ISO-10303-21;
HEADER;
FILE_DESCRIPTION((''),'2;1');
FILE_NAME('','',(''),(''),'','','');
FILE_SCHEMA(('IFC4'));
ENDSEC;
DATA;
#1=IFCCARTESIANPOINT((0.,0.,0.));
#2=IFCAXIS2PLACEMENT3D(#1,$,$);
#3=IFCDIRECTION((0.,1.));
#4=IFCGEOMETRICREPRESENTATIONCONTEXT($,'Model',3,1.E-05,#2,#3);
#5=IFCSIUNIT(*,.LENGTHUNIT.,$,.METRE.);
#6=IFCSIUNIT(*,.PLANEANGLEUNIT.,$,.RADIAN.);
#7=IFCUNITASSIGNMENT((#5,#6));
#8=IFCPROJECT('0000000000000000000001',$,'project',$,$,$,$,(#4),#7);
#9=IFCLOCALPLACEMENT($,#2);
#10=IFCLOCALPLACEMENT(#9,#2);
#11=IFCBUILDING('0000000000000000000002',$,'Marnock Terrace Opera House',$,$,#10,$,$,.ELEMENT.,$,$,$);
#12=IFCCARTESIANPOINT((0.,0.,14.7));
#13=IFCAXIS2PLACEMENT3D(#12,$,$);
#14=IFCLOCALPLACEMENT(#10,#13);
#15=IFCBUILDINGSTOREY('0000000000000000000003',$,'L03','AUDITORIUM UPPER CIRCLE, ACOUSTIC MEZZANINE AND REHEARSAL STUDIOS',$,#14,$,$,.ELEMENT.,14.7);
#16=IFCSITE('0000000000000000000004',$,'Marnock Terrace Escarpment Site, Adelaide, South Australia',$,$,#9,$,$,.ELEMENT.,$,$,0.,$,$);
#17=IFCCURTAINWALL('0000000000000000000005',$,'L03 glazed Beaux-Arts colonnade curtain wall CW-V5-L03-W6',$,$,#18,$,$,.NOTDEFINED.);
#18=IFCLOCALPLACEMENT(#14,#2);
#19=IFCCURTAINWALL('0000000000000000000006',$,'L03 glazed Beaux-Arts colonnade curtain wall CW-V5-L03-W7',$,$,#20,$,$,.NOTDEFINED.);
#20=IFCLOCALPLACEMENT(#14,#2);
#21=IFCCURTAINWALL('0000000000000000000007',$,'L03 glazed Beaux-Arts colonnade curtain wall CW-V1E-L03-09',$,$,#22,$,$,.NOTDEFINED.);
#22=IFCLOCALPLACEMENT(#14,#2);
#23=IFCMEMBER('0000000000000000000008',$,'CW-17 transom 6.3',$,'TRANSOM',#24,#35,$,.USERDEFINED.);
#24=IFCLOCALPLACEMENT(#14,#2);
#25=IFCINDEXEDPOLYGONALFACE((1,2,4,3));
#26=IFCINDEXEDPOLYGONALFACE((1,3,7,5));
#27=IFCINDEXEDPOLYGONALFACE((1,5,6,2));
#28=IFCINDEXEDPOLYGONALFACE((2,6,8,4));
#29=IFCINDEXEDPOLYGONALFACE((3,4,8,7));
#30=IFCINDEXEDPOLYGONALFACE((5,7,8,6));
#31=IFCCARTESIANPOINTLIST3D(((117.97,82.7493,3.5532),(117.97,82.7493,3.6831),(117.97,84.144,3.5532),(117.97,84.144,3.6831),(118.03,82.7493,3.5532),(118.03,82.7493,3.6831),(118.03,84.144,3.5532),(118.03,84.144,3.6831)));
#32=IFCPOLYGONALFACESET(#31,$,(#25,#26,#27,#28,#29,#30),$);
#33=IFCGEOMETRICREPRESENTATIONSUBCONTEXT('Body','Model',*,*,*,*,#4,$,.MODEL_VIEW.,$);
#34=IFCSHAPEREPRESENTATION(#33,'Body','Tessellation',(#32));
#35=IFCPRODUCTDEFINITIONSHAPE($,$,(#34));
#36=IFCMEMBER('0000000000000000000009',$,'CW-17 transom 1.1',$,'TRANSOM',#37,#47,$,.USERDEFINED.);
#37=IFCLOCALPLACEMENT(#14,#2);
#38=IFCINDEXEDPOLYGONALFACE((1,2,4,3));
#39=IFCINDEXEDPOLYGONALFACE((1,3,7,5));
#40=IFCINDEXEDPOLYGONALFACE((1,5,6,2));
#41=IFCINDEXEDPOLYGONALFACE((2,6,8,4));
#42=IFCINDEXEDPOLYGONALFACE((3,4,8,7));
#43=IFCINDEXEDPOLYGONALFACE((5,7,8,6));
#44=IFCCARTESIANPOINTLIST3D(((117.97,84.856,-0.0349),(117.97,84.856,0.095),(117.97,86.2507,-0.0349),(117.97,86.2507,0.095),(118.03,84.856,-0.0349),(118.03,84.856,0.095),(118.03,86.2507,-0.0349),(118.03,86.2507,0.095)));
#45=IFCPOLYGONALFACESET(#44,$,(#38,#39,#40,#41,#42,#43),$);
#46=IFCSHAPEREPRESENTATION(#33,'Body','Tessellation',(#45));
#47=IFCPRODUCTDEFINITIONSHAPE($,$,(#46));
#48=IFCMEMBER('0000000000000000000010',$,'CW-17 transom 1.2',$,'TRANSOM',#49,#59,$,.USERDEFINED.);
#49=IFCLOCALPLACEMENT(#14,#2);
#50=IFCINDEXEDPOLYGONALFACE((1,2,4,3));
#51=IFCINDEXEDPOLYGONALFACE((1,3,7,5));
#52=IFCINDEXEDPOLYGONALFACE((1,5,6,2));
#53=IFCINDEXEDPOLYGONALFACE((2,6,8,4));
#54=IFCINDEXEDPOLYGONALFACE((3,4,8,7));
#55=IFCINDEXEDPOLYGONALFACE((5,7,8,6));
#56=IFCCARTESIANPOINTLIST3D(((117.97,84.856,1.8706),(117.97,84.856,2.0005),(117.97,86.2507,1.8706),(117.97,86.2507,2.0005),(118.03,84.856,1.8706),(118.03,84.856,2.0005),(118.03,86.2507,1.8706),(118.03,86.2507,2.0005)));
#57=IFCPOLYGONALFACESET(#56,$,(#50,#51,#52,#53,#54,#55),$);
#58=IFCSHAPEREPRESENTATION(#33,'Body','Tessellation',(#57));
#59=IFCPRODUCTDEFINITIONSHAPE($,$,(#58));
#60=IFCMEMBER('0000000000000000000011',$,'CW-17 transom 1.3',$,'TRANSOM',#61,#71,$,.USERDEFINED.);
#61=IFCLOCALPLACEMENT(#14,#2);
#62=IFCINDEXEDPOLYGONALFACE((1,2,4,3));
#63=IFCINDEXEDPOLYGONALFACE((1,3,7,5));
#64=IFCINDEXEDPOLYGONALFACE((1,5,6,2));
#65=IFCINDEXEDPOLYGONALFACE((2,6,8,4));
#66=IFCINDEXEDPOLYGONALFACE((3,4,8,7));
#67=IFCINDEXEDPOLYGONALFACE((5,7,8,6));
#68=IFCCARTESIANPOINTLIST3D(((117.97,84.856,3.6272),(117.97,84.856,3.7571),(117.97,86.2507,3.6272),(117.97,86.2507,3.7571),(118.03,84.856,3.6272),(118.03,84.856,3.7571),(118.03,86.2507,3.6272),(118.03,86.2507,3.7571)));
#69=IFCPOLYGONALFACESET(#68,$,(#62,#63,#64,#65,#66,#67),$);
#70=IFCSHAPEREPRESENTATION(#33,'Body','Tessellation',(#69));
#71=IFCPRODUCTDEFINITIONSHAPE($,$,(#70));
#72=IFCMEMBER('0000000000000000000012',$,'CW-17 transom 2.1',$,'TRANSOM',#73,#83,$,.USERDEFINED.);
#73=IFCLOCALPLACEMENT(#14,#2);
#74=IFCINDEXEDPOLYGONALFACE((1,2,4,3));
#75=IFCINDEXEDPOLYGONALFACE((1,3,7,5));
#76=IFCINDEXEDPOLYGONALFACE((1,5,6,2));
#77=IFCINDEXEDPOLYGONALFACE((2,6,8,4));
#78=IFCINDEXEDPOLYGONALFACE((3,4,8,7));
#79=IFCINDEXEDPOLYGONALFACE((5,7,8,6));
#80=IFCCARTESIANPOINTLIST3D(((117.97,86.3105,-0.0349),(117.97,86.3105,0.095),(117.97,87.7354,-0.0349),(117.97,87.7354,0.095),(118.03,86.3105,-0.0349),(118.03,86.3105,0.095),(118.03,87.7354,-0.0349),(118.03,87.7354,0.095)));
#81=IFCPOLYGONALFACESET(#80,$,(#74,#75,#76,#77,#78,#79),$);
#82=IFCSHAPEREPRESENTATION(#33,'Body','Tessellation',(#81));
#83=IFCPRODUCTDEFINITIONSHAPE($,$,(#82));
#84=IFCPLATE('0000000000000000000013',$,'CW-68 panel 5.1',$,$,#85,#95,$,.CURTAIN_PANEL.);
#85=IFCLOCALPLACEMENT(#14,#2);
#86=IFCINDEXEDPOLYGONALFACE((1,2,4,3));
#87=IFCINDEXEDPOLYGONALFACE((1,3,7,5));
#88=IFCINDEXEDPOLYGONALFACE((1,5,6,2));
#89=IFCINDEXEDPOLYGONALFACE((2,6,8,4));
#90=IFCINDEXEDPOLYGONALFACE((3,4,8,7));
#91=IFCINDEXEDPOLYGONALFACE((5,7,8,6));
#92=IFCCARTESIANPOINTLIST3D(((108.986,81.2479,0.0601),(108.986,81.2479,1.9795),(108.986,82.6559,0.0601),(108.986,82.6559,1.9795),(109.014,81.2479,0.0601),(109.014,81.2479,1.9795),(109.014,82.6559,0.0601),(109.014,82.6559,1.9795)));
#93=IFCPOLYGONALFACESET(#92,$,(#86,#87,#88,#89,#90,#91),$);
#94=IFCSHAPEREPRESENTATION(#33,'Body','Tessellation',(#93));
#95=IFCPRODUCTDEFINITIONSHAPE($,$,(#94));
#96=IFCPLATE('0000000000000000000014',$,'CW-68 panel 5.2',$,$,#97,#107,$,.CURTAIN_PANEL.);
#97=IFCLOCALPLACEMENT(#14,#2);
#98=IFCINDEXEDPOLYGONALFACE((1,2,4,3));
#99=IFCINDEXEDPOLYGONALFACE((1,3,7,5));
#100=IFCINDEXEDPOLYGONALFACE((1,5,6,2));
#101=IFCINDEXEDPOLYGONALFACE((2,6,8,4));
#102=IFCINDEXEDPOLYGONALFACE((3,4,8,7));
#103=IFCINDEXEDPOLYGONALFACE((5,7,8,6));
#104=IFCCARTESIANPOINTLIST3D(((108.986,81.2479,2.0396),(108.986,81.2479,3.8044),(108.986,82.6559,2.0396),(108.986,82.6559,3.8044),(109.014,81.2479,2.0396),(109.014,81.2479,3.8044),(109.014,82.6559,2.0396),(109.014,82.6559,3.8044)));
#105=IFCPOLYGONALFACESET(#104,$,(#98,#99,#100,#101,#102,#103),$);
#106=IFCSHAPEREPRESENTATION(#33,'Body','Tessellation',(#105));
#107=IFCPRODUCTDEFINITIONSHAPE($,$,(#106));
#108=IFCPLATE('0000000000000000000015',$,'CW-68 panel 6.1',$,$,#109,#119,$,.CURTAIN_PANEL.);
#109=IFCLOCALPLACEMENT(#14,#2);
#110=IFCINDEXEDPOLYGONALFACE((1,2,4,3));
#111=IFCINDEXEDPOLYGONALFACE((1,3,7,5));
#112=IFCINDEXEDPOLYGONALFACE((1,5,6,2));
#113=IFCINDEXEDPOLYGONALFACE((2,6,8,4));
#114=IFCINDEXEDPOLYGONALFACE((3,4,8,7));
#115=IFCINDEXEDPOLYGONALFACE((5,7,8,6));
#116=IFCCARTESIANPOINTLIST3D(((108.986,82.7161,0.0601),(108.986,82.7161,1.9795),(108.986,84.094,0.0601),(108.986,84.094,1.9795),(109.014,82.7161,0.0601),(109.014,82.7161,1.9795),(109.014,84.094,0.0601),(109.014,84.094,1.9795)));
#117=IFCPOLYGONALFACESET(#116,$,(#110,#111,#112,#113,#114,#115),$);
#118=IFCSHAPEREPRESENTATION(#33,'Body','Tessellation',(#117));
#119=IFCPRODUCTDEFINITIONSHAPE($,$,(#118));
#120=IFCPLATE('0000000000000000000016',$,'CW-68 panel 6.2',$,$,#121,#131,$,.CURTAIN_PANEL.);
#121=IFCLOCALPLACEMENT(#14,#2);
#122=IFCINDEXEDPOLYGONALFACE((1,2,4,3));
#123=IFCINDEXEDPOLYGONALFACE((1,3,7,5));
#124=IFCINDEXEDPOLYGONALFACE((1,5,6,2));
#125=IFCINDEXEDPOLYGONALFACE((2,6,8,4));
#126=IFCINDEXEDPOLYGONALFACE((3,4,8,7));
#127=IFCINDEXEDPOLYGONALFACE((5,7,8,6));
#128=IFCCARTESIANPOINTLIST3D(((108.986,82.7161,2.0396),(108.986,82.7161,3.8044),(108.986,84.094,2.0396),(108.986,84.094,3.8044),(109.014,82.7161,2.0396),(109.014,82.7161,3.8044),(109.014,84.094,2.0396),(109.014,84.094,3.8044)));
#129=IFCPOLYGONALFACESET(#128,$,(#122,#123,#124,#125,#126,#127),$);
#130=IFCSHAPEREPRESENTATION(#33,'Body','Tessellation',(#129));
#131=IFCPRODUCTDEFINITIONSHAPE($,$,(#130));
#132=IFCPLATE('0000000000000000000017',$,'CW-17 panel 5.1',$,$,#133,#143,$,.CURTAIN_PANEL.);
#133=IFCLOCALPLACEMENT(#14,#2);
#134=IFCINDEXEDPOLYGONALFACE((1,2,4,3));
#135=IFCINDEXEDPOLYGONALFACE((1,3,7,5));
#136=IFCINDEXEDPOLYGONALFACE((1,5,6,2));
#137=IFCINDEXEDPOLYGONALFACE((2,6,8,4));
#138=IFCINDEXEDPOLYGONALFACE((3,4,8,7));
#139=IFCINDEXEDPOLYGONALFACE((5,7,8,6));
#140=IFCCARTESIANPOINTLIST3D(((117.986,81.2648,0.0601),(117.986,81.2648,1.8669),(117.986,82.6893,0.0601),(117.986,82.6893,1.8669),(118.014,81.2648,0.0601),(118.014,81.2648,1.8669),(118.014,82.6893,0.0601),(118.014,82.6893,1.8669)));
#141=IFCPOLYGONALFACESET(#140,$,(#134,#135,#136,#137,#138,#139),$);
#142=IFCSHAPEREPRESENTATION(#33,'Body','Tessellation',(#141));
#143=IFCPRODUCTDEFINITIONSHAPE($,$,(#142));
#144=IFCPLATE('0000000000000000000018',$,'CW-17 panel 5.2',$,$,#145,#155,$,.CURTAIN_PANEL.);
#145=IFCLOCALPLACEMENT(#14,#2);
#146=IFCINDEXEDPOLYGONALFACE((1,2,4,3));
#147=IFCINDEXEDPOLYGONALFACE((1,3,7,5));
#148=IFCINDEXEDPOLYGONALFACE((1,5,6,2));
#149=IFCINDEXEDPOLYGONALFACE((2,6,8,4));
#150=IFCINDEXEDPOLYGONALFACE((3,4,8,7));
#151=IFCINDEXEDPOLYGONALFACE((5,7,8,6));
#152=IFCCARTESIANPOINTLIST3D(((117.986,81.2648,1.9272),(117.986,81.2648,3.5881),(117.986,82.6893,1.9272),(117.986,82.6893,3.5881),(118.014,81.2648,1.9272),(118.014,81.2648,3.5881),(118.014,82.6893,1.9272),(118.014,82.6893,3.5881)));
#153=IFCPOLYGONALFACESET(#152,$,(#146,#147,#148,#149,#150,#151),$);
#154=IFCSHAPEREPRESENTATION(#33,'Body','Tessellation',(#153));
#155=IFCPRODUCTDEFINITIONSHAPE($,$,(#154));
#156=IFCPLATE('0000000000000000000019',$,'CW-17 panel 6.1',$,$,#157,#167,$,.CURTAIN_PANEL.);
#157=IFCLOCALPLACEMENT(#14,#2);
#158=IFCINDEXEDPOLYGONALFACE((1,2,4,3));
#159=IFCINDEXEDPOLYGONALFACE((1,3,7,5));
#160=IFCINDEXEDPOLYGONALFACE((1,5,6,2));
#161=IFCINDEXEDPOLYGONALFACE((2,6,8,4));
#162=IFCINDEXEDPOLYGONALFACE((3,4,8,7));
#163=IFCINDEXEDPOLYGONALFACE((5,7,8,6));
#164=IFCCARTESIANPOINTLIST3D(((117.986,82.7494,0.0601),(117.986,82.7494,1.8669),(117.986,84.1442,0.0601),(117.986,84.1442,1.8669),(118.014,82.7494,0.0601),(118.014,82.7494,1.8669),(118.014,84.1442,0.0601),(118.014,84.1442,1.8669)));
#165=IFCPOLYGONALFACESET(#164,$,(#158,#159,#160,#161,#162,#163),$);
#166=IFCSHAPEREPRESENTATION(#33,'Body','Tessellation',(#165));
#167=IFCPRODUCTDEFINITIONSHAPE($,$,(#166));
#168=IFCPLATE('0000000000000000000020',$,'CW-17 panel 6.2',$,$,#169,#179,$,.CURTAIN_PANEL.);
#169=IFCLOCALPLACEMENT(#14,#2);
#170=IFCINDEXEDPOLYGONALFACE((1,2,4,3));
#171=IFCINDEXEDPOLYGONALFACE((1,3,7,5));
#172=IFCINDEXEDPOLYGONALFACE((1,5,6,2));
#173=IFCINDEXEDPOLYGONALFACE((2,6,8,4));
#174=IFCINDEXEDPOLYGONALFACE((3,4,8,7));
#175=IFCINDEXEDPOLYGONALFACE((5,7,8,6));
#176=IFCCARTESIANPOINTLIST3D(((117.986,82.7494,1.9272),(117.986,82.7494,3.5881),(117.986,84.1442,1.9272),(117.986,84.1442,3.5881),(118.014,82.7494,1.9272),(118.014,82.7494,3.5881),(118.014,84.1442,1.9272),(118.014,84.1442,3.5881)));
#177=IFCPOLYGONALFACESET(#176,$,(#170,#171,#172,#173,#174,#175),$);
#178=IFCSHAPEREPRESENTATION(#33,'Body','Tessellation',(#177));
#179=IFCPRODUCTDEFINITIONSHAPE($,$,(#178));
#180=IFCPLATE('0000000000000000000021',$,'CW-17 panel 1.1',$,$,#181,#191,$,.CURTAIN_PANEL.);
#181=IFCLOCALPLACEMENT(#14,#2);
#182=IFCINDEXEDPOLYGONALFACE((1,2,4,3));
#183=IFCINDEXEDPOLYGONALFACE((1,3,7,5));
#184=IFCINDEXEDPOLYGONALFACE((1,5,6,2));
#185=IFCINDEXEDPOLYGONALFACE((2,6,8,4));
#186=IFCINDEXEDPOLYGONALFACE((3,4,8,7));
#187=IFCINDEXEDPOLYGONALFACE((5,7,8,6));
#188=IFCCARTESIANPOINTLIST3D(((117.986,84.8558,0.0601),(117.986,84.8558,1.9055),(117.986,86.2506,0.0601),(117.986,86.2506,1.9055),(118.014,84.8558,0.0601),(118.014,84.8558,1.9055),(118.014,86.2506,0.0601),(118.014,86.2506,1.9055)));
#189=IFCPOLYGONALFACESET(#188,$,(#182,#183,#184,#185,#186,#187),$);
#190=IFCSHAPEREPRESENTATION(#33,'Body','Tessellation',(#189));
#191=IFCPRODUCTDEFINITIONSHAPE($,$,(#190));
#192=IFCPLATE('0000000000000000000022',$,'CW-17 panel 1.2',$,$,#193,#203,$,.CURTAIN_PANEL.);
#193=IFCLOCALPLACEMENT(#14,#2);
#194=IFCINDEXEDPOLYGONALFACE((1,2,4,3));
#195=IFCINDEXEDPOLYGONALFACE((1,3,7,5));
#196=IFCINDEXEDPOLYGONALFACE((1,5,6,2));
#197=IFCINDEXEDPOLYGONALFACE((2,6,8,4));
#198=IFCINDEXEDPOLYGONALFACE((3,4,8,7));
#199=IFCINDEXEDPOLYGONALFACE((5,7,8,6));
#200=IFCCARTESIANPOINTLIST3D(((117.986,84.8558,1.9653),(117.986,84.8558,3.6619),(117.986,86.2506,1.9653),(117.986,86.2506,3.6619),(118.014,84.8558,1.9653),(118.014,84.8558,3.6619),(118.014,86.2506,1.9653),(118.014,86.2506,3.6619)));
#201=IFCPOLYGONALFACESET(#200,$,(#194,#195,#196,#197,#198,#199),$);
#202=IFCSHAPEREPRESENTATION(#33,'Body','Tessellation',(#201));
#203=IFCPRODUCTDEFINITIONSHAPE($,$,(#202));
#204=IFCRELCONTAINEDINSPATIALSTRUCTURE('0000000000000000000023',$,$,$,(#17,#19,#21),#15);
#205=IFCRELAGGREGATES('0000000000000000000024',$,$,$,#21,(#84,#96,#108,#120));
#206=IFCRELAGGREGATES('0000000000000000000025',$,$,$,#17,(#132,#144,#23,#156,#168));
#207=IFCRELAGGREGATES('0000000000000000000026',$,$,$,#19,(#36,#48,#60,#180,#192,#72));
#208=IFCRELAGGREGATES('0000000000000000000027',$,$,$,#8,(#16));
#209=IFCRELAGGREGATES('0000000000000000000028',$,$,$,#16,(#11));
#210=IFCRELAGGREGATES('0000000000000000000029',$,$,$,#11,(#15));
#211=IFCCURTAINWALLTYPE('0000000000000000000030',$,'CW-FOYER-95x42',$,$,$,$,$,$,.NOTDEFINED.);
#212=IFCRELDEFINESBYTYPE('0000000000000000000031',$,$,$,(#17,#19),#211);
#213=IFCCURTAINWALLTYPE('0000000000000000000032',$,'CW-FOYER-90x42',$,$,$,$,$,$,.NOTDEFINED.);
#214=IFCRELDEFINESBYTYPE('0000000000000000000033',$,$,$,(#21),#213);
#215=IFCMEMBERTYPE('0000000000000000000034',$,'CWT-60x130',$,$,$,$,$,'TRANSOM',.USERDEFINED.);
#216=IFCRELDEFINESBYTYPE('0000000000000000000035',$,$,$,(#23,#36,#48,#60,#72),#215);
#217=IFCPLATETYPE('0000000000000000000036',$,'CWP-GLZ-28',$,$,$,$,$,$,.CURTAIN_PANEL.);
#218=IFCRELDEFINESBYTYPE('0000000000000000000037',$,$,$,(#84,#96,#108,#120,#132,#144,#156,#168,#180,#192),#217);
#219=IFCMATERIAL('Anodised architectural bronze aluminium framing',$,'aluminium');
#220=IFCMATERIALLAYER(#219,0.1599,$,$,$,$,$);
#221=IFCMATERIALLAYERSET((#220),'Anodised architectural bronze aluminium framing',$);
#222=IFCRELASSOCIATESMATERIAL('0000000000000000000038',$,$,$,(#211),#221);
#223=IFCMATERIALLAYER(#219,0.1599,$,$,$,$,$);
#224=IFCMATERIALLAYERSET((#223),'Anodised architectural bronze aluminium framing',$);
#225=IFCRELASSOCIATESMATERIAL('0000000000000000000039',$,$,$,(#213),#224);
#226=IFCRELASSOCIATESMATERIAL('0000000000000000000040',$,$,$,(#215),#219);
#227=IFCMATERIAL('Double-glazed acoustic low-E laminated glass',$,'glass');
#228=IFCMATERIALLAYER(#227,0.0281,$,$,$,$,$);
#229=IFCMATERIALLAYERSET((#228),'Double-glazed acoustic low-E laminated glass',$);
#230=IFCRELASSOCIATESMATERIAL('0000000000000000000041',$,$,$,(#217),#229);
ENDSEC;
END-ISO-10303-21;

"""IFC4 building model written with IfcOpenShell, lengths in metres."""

from ifc_helpers import new_model, si_unit, direction, frame, origin, origin_2d, place, context, subcontext, project, spatial, rectangle, extrude, material, layer, layer_set, material_profile, profile_set, type_object, element, aggregate, save


model = new_model("IFC4")

# Units and contexts
model_context = context("Model", 3, precision=1e-05, world=origin(), true_north=direction((0.0, 1.0)))
body_context = subcontext(model_context, "Body", "Model", "MODEL_VIEW")
ifc_project = project(units=[si_unit("LENGTHUNIT", "METRE"), si_unit("PLANEANGLEUNIT", "RADIAN")], contexts=[model_context])

# Site, building, storey
site_placement = place(None, origin())
site = spatial("IfcSite", under=ifc_project, at=site_placement, Name="Marnock Terrace Escarpment Site, Adelaide, South Australia", CompositionType="ELEMENT", RefElevation=0.0)
building_placement = place(site_placement, origin())
building = spatial("IfcBuilding", under=site, at=building_placement, Name="Marnock Terrace Opera House", CompositionType="ELEMENT")
storey_placement = place(building_placement, frame((0.0, 0.0, 14.7)))
storey = spatial("IfcBuildingStorey", under=building, at=storey_placement, Name="L03", Description="AUDITORIUM UPPER CIRCLE, ACOUSTIC MEZZANINE AND REHEARSAL STUDIOS", CompositionType="ELEMENT", Elevation=14.7)

# Curtain walls
ifc_material_1 = material(Name="Anodised architectural bronze aluminium framing", Category="aluminium")
ifc_layer_1 = layer(ifc_material_1, 0.1599)
ifc_layer_set_1 = layer_set([ifc_layer_1], Name="Anodised architectural bronze aluminium framing")
curtain_wall_type_1 = type_object("IfcCurtainWallType", Name="CW-FOYER-95x42", PredefinedType="NOTDEFINED", material=ifc_layer_set_1)
curtain_wall_1_placement = place(storey_placement, origin())
curtain_wall_1 = element("IfcCurtainWall", 1, at=curtain_wall_1_placement, inside=storey, type_object=curtain_wall_type_1, Name="L03 glazed Beaux-Arts colonnade curtain wall CW-V5-L03-W6", PredefinedType="NOTDEFINED")
curtain_wall_2_placement = place(storey_placement, origin())
curtain_wall_2 = element("IfcCurtainWall", 2, at=curtain_wall_2_placement, inside=storey, type_object=curtain_wall_type_1, Name="L03 glazed Beaux-Arts colonnade curtain wall CW-V5-L03-W7", PredefinedType="NOTDEFINED")
ifc_layer_2 = layer(ifc_material_1, 0.1599)
ifc_layer_set_2 = layer_set([ifc_layer_2], Name="Anodised architectural bronze aluminium framing")
curtain_wall_type_2 = type_object("IfcCurtainWallType", Name="CW-FOYER-90x42", PredefinedType="NOTDEFINED", material=ifc_layer_set_2)
curtain_wall_3_placement = place(storey_placement, origin())
curtain_wall_3 = element("IfcCurtainWall", 3, at=curtain_wall_3_placement, inside=storey, type_object=curtain_wall_type_2, Name="L03 glazed Beaux-Arts colonnade curtain wall CW-V1E-L03-09", PredefinedType="NOTDEFINED")
ifc_material_profile_1 = material_profile(ifc_material_1, rectangle(XDim=0.0601, YDim=0.1299, at=origin_2d()))
ifc_profile_set_1 = profile_set([ifc_material_profile_1], Name="Anodised architectural bronze aluminium framing")
member_type_1 = type_object("IfcMemberType", Name="CWT-60x130", ElementType="TRANSOM", PredefinedType="USERDEFINED", material=ifc_profile_set_1)

# Members
member_1_placement = place(storey_placement, frame((118.0, 82.7493, 3.6182), z_axis=(0.0, 1.0, 0.0), x_axis=(-1.0, 0.0, 0.0)))
member_1 = element("IfcMember", 4, at=member_1_placement, type_object=member_type_1, Name="CW-17 transom 6.3", ObjectType="TRANSOM", PredefinedType="USERDEFINED", context=body_context, shape_type="SweptSolid", body=[
    extrude(rectangle(XDim=0.0601, YDim=0.1299, at=origin_2d()), origin(), (0.0, 0.0, 1.0), 1.3948),
])
member_2_placement = place(storey_placement, frame((118.0, 84.856, 0.03), z_axis=(0.0, 1.0, 0.0), x_axis=(-1.0, 0.0, 0.0)))
member_2 = element("IfcMember", 5, at=member_2_placement, type_object=member_type_1, Name="CW-17 transom 1.1", ObjectType="TRANSOM", PredefinedType="USERDEFINED", context=body_context, shape_type="SweptSolid", body=[
    extrude(rectangle(XDim=0.0601, YDim=0.1299, at=origin_2d()), origin(), (0.0, 0.0, 1.0), 1.3948),
])
member_3_placement = place(storey_placement, frame((118.0, 84.856, 1.9355), z_axis=(0.0, 1.0, 0.0), x_axis=(-1.0, 0.0, 0.0)))
member_3 = element("IfcMember", 6, at=member_3_placement, type_object=member_type_1, Name="CW-17 transom 1.2", ObjectType="TRANSOM", PredefinedType="USERDEFINED", context=body_context, shape_type="SweptSolid", body=[
    extrude(rectangle(XDim=0.0601, YDim=0.1299, at=origin_2d()), origin(), (0.0, 0.0, 1.0), 1.3948),
])
member_4_placement = place(storey_placement, frame((118.0, 84.856, 3.6921), z_axis=(0.0, 1.0, 0.0), x_axis=(-1.0, 0.0, 0.0)))
member_4 = element("IfcMember", 7, at=member_4_placement, type_object=member_type_1, Name="CW-17 transom 1.3", ObjectType="TRANSOM", PredefinedType="USERDEFINED", context=body_context, shape_type="SweptSolid", body=[
    extrude(rectangle(XDim=0.0601, YDim=0.1299, at=origin_2d()), origin(), (0.0, 0.0, 1.0), 1.3948),
])
member_5_placement = place(storey_placement, frame((118.0, 86.3105, 0.03), z_axis=(0.0, 1.0, 0.0), x_axis=(-1.0, 0.0, 0.0)))
member_5 = element("IfcMember", 8, at=member_5_placement, type_object=member_type_1, Name="CW-17 transom 2.1", ObjectType="TRANSOM", PredefinedType="USERDEFINED", context=body_context, shape_type="SweptSolid", body=[
    extrude(rectangle(XDim=0.0601, YDim=0.1299, at=origin_2d()), origin(), (0.0, 0.0, 1.0), 1.4248),
])

# Plates
ifc_material_2 = material(Name="Double-glazed acoustic low-E laminated glass", Category="glass")
ifc_layer_3 = layer(ifc_material_2, 0.0281)
ifc_layer_set_3 = layer_set([ifc_layer_3], Name="Double-glazed acoustic low-E laminated glass")
plate_type = type_object("IfcPlateType", Name="CWP-GLZ-28", PredefinedType="CURTAIN_PANEL", material=ifc_layer_set_3)
plate_1_placement = place(storey_placement, frame((109.0, 81.9519, 0.0601), z_axis=(0.0, 0.0, 1.0), x_axis=(0.0, 1.0, 0.0)))
plate_1 = element("IfcPlate", 9, at=plate_1_placement, type_object=plate_type, Name="CW-68 panel 5.1", PredefinedType="CURTAIN_PANEL", context=body_context, shape_type="SweptSolid", body=[
    extrude(rectangle(XDim=1.408, YDim=0.0281, at=origin_2d()), origin(), (0.0, 0.0, 1.0), 1.9194),
])
plate_2_placement = place(storey_placement, frame((109.0, 81.9519, 2.0396), z_axis=(0.0, 0.0, 1.0), x_axis=(0.0, 1.0, 0.0)))
plate_2 = element("IfcPlate", 10, at=plate_2_placement, type_object=plate_type, Name="CW-68 panel 5.2", PredefinedType="CURTAIN_PANEL", context=body_context, shape_type="SweptSolid", body=[
    extrude(rectangle(XDim=1.408, YDim=0.0281, at=origin_2d()), origin(), (0.0, 0.0, 1.0), 1.7649),
])
plate_3_placement = place(storey_placement, frame((109.0, 83.405, 0.0601), z_axis=(0.0, 0.0, 1.0), x_axis=(0.0, 1.0, 0.0)))
plate_3 = element("IfcPlate", 11, at=plate_3_placement, type_object=plate_type, Name="CW-68 panel 6.1", PredefinedType="CURTAIN_PANEL", context=body_context, shape_type="SweptSolid", body=[
    extrude(rectangle(XDim=1.3779, YDim=0.0281, at=origin_2d()), origin(), (0.0, 0.0, 1.0), 1.9194),
])
plate_4_placement = place(storey_placement, frame((109.0, 83.405, 2.0396), z_axis=(0.0, 0.0, 1.0), x_axis=(0.0, 1.0, 0.0)))
plate_4 = element("IfcPlate", 12, at=plate_4_placement, type_object=plate_type, Name="CW-68 panel 6.2", PredefinedType="CURTAIN_PANEL", context=body_context, shape_type="SweptSolid", body=[
    extrude(rectangle(XDim=1.3779, YDim=0.0281, at=origin_2d()), origin(), (0.0, 0.0, 1.0), 1.7649),
])
aggregate(curtain_wall_3, [plate_1, plate_2, plate_3, plate_4])
plate_5_placement = place(storey_placement, frame((118.0, 81.9771, 0.0601), z_axis=(0.0, 0.0, 1.0), x_axis=(0.0, 1.0, 0.0)))
plate_5 = element("IfcPlate", 13, at=plate_5_placement, type_object=plate_type, Name="CW-17 panel 5.1", PredefinedType="CURTAIN_PANEL", context=body_context, shape_type="SweptSolid", body=[
    extrude(rectangle(XDim=1.4246, YDim=0.0281, at=origin_2d()), origin(), (0.0, 0.0, 1.0), 1.8069),
])
plate_6_placement = place(storey_placement, frame((118.0, 81.9771, 1.9272), z_axis=(0.0, 0.0, 1.0), x_axis=(0.0, 1.0, 0.0)))
plate_6 = element("IfcPlate", 14, at=plate_6_placement, type_object=plate_type, Name="CW-17 panel 5.2", PredefinedType="CURTAIN_PANEL", context=body_context, shape_type="SweptSolid", body=[
    extrude(rectangle(XDim=1.4246, YDim=0.0281, at=origin_2d()), origin(), (0.0, 0.0, 1.0), 1.6609),
])
plate_7_placement = place(storey_placement, frame((118.0, 83.4468, 0.0601), z_axis=(0.0, 0.0, 1.0), x_axis=(0.0, 1.0, 0.0)))
plate_7 = element("IfcPlate", 15, at=plate_7_placement, type_object=plate_type, Name="CW-17 panel 6.1", PredefinedType="CURTAIN_PANEL", context=body_context, shape_type="SweptSolid", body=[
    extrude(rectangle(XDim=1.3948, YDim=0.0281, at=origin_2d()), origin(), (0.0, 0.0, 1.0), 1.8069),
])
plate_8_placement = place(storey_placement, frame((118.0, 83.4468, 1.9272), z_axis=(0.0, 0.0, 1.0), x_axis=(0.0, 1.0, 0.0)))
plate_8 = element("IfcPlate", 16, at=plate_8_placement, type_object=plate_type, Name="CW-17 panel 6.2", PredefinedType="CURTAIN_PANEL", context=body_context, shape_type="SweptSolid", body=[
    extrude(rectangle(XDim=1.3948, YDim=0.0281, at=origin_2d()), origin(), (0.0, 0.0, 1.0), 1.6609),
])
aggregate(curtain_wall_1, [plate_5, plate_6, member_1, plate_7, plate_8])
plate_9_placement = place(storey_placement, frame((118.0, 85.5532, 0.0601), z_axis=(0.0, 0.0, 1.0), x_axis=(0.0, 1.0, 0.0)))
plate_9 = element("IfcPlate", 17, at=plate_9_placement, type_object=plate_type, Name="CW-17 panel 1.1", PredefinedType="CURTAIN_PANEL", context=body_context, shape_type="SweptSolid", body=[
    extrude(rectangle(XDim=1.3948, YDim=0.0281, at=origin_2d()), origin(), (0.0, 0.0, 1.0), 1.8455),
])
plate_10_placement = place(storey_placement, frame((118.0, 85.5532, 1.9653), z_axis=(0.0, 0.0, 1.0), x_axis=(0.0, 1.0, 0.0)))
plate_10 = element("IfcPlate", 18, at=plate_10_placement, type_object=plate_type, Name="CW-17 panel 1.2", PredefinedType="CURTAIN_PANEL", context=body_context, shape_type="SweptSolid", body=[
    extrude(rectangle(XDim=1.3948, YDim=0.0281, at=origin_2d()), origin(), (0.0, 0.0, 1.0), 1.6965),
])
aggregate(curtain_wall_2, [member_2, member_3, member_4, plate_9, plate_10, member_5])

save(model, "model.ifc")
